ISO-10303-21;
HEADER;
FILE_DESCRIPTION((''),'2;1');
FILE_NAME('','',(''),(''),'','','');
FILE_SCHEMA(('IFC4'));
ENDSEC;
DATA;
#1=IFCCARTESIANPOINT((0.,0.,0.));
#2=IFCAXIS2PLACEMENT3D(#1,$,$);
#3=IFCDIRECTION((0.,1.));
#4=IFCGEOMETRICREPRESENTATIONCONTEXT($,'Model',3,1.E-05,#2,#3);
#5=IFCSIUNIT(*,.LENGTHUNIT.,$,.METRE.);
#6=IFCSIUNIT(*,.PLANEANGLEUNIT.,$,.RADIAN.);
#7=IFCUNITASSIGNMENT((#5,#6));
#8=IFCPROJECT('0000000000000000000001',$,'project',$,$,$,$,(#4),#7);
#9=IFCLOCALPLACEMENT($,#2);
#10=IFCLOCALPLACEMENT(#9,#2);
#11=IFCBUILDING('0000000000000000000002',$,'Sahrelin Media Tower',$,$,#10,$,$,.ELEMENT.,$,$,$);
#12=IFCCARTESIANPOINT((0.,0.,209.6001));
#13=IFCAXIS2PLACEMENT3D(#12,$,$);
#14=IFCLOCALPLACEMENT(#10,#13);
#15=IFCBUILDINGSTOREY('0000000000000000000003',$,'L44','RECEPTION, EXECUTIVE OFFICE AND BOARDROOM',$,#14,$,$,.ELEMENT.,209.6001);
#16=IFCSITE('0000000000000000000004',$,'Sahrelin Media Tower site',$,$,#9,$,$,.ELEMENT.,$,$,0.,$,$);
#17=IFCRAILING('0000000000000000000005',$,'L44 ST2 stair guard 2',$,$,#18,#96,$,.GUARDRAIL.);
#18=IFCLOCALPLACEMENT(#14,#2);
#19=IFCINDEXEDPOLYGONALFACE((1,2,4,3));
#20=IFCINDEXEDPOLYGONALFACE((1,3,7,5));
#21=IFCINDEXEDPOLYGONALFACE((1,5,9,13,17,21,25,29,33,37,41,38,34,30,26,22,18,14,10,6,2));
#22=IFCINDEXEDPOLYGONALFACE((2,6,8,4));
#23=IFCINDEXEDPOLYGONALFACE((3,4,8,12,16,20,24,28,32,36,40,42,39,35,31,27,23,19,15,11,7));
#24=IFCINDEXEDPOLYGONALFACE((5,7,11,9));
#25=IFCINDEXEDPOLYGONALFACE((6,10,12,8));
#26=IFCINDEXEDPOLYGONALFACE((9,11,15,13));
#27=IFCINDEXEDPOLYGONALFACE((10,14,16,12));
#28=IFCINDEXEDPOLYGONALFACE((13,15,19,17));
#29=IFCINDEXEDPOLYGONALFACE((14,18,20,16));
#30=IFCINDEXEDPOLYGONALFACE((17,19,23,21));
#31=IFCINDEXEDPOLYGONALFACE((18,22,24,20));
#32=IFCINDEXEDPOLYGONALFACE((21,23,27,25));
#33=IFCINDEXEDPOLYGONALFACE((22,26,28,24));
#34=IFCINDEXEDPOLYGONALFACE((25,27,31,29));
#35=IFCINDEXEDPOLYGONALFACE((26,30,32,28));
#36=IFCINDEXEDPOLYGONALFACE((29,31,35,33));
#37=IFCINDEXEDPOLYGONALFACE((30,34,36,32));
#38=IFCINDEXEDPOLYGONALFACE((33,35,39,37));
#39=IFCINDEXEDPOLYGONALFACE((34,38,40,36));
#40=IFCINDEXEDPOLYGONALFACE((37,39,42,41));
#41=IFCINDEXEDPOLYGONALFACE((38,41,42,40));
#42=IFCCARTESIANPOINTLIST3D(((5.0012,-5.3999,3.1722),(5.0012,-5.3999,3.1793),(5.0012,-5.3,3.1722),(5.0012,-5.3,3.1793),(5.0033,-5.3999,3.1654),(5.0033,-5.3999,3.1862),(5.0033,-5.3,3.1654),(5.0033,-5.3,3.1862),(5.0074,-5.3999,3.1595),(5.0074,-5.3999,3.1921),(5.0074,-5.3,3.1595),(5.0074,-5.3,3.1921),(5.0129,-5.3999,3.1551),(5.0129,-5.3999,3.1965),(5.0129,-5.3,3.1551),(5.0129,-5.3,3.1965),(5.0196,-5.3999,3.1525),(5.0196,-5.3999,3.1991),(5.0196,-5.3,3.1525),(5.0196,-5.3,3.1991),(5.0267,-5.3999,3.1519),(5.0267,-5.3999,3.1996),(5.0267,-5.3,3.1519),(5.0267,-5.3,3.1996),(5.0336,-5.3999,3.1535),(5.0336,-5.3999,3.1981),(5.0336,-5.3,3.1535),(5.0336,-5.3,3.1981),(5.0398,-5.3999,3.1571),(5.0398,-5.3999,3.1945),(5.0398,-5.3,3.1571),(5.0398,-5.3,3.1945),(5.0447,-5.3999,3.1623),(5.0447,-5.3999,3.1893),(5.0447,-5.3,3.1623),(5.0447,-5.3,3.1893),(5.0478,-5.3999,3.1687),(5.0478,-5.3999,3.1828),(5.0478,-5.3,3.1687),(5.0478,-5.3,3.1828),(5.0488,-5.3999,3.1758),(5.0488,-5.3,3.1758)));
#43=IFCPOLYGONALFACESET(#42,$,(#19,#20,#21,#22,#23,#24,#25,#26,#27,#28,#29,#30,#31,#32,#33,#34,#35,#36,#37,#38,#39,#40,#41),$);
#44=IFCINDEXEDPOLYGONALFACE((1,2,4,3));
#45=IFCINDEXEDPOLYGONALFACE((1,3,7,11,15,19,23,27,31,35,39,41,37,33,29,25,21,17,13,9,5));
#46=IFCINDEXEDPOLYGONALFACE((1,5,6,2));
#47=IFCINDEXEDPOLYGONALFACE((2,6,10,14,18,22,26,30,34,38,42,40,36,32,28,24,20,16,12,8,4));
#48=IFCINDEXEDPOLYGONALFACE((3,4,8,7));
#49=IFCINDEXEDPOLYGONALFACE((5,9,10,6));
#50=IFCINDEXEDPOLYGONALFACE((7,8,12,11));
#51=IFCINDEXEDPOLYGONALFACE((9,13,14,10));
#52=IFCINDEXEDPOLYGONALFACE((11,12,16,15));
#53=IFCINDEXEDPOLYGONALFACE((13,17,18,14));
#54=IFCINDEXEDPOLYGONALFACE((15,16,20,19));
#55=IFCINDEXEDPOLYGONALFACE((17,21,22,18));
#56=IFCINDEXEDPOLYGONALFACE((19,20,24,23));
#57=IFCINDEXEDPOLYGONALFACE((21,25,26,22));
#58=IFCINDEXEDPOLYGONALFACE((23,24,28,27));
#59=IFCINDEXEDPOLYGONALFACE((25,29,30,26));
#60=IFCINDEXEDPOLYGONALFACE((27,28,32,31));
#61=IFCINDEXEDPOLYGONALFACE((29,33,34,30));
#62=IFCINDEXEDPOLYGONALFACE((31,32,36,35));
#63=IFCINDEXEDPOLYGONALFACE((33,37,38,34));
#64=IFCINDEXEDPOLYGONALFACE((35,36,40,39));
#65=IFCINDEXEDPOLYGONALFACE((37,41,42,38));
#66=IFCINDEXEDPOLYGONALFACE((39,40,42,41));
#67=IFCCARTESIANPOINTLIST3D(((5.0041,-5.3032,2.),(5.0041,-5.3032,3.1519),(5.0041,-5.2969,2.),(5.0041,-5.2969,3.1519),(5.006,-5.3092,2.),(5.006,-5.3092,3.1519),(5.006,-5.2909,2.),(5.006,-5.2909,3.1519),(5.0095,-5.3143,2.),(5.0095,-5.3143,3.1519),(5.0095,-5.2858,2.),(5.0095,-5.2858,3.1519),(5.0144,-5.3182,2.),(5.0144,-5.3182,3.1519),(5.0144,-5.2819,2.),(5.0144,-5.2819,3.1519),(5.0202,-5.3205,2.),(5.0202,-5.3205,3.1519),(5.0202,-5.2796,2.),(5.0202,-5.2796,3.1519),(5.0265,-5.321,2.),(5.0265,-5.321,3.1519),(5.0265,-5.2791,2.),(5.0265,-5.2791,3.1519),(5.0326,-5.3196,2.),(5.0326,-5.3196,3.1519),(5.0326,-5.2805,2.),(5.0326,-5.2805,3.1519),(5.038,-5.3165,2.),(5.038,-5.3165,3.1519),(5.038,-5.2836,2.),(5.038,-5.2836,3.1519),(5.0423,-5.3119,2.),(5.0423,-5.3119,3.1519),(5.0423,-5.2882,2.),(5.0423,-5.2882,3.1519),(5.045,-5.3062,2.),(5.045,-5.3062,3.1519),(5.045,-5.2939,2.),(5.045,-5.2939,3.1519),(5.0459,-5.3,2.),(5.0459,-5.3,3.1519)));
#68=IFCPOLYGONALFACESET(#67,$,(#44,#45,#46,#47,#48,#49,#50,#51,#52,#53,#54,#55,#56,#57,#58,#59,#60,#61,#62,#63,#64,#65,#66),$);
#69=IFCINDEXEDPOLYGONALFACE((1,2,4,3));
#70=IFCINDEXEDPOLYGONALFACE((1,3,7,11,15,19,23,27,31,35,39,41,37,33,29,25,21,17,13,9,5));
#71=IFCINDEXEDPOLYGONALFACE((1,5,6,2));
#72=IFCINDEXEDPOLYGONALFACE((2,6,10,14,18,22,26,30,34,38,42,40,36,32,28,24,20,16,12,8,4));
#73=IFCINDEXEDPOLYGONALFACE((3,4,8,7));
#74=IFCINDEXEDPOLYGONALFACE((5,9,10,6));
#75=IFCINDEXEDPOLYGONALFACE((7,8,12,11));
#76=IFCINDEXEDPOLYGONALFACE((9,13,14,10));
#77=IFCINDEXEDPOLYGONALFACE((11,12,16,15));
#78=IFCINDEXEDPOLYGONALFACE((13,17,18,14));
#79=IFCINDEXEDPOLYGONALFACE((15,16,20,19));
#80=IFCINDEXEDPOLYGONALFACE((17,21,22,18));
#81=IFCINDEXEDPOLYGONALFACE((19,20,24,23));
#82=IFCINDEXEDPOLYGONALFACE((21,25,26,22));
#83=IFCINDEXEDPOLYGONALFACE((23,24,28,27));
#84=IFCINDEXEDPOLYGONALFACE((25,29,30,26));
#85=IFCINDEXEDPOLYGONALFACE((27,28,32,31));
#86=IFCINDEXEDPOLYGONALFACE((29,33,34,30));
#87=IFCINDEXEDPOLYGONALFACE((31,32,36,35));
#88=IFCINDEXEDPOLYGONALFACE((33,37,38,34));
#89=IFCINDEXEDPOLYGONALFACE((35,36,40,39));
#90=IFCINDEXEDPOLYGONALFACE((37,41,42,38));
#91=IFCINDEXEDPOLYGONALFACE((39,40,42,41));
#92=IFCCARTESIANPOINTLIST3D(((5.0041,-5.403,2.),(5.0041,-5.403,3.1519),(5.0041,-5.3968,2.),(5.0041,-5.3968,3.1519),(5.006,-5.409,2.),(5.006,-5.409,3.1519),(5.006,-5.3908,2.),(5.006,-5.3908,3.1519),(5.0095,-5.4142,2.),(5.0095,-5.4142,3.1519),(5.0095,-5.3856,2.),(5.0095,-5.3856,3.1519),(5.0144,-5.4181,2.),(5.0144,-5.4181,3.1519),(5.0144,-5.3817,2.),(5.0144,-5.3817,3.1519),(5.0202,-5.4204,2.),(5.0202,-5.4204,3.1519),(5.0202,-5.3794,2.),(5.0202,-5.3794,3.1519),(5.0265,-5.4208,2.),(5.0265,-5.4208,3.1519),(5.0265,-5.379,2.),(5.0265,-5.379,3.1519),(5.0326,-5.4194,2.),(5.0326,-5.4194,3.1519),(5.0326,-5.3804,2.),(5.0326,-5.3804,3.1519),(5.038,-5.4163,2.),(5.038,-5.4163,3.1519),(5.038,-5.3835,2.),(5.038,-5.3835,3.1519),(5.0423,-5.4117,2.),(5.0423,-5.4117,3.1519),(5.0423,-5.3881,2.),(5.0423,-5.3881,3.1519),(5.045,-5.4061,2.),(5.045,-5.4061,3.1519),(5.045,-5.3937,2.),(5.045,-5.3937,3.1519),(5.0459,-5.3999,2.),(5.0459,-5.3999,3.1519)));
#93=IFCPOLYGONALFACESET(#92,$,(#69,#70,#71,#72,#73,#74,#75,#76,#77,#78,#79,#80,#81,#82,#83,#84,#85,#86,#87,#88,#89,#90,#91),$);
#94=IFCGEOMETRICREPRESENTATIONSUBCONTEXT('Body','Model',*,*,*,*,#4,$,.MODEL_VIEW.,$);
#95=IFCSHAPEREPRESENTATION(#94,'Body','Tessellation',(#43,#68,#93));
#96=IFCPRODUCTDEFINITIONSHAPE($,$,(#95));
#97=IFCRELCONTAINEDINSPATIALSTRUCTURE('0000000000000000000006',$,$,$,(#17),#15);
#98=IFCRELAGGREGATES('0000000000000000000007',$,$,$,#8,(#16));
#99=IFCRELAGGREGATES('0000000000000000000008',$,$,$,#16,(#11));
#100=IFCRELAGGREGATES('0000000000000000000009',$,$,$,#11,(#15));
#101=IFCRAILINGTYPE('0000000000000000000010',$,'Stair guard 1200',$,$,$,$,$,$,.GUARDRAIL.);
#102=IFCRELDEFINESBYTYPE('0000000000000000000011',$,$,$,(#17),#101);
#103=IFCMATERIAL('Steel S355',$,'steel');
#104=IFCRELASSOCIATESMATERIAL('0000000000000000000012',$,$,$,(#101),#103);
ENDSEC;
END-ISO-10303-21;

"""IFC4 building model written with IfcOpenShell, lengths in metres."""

from ifc_helpers import new_model, si_unit, direction, frame, origin, origin_2d, place, context, subcontext, project, spatial, circle, extrude, material, type_object, element, save


model = new_model("IFC4")

# Units and contexts
model_context = context("Model", 3, precision=1e-05, world=origin(), true_north=direction((0.0, 1.0)))
body_context = subcontext(model_context, "Body", "Model", "MODEL_VIEW")
ifc_project = project(units=[si_unit("LENGTHUNIT", "METRE"), si_unit("PLANEANGLEUNIT", "RADIAN")], contexts=[model_context])

# Site, building, storey
site_placement = place(None, origin())
site = spatial("IfcSite", under=ifc_project, at=site_placement, Name="Sahrelin Media Tower site", CompositionType="ELEMENT", RefElevation=0.0)
building_placement = place(site_placement, origin())
building = spatial("IfcBuilding", under=site, at=building_placement, Name="Sahrelin Media Tower", CompositionType="ELEMENT")
storey_placement = place(building_placement, frame((0.0, 0.0, 209.6001)))
storey = spatial("IfcBuildingStorey", under=building, at=storey_placement, Name="L44", Description="RECEPTION, EXECUTIVE OFFICE AND BOARDROOM", CompositionType="ELEMENT", Elevation=209.6001)

# Shared definitions
ifc_material_1 = material(Name="Steel S355", Category="steel")

# Railing
railing_type_1 = type_object("IfcRailingType", Name="Stair guard 1200", PredefinedType="GUARDRAIL", material=ifc_material_1)
railing_1_placement = place(storey_placement, frame((5.0249, -5.3, 2.0)))
element("IfcRailing", 1, at=railing_1_placement, inside=storey, type_object=railing_type_1, Name="L44 ST2 stair guard 2", PredefinedType="GUARDRAIL", context=body_context, shape_type="SweptSolid", body=[
    extrude(circle(Radius=0.0239, at=origin_2d()), frame((0.0, 0.0, 1.1758), z_axis=(0.0, -1.0, 0.0), x_axis=(1.0, 0.0, 0.0)), (0.0, 0.0, 1.0), 0.0999),
    extrude(circle(Radius=0.021, at=origin_2d()), origin(), (0.0, 0.0, 1.0), 1.1519),
    extrude(circle(Radius=0.021, at=origin_2d()), frame((0.0, -0.0999, 0.0)), (0.0, 0.0, 1.0), 1.1519),
])

save(model, "model.ifc")
